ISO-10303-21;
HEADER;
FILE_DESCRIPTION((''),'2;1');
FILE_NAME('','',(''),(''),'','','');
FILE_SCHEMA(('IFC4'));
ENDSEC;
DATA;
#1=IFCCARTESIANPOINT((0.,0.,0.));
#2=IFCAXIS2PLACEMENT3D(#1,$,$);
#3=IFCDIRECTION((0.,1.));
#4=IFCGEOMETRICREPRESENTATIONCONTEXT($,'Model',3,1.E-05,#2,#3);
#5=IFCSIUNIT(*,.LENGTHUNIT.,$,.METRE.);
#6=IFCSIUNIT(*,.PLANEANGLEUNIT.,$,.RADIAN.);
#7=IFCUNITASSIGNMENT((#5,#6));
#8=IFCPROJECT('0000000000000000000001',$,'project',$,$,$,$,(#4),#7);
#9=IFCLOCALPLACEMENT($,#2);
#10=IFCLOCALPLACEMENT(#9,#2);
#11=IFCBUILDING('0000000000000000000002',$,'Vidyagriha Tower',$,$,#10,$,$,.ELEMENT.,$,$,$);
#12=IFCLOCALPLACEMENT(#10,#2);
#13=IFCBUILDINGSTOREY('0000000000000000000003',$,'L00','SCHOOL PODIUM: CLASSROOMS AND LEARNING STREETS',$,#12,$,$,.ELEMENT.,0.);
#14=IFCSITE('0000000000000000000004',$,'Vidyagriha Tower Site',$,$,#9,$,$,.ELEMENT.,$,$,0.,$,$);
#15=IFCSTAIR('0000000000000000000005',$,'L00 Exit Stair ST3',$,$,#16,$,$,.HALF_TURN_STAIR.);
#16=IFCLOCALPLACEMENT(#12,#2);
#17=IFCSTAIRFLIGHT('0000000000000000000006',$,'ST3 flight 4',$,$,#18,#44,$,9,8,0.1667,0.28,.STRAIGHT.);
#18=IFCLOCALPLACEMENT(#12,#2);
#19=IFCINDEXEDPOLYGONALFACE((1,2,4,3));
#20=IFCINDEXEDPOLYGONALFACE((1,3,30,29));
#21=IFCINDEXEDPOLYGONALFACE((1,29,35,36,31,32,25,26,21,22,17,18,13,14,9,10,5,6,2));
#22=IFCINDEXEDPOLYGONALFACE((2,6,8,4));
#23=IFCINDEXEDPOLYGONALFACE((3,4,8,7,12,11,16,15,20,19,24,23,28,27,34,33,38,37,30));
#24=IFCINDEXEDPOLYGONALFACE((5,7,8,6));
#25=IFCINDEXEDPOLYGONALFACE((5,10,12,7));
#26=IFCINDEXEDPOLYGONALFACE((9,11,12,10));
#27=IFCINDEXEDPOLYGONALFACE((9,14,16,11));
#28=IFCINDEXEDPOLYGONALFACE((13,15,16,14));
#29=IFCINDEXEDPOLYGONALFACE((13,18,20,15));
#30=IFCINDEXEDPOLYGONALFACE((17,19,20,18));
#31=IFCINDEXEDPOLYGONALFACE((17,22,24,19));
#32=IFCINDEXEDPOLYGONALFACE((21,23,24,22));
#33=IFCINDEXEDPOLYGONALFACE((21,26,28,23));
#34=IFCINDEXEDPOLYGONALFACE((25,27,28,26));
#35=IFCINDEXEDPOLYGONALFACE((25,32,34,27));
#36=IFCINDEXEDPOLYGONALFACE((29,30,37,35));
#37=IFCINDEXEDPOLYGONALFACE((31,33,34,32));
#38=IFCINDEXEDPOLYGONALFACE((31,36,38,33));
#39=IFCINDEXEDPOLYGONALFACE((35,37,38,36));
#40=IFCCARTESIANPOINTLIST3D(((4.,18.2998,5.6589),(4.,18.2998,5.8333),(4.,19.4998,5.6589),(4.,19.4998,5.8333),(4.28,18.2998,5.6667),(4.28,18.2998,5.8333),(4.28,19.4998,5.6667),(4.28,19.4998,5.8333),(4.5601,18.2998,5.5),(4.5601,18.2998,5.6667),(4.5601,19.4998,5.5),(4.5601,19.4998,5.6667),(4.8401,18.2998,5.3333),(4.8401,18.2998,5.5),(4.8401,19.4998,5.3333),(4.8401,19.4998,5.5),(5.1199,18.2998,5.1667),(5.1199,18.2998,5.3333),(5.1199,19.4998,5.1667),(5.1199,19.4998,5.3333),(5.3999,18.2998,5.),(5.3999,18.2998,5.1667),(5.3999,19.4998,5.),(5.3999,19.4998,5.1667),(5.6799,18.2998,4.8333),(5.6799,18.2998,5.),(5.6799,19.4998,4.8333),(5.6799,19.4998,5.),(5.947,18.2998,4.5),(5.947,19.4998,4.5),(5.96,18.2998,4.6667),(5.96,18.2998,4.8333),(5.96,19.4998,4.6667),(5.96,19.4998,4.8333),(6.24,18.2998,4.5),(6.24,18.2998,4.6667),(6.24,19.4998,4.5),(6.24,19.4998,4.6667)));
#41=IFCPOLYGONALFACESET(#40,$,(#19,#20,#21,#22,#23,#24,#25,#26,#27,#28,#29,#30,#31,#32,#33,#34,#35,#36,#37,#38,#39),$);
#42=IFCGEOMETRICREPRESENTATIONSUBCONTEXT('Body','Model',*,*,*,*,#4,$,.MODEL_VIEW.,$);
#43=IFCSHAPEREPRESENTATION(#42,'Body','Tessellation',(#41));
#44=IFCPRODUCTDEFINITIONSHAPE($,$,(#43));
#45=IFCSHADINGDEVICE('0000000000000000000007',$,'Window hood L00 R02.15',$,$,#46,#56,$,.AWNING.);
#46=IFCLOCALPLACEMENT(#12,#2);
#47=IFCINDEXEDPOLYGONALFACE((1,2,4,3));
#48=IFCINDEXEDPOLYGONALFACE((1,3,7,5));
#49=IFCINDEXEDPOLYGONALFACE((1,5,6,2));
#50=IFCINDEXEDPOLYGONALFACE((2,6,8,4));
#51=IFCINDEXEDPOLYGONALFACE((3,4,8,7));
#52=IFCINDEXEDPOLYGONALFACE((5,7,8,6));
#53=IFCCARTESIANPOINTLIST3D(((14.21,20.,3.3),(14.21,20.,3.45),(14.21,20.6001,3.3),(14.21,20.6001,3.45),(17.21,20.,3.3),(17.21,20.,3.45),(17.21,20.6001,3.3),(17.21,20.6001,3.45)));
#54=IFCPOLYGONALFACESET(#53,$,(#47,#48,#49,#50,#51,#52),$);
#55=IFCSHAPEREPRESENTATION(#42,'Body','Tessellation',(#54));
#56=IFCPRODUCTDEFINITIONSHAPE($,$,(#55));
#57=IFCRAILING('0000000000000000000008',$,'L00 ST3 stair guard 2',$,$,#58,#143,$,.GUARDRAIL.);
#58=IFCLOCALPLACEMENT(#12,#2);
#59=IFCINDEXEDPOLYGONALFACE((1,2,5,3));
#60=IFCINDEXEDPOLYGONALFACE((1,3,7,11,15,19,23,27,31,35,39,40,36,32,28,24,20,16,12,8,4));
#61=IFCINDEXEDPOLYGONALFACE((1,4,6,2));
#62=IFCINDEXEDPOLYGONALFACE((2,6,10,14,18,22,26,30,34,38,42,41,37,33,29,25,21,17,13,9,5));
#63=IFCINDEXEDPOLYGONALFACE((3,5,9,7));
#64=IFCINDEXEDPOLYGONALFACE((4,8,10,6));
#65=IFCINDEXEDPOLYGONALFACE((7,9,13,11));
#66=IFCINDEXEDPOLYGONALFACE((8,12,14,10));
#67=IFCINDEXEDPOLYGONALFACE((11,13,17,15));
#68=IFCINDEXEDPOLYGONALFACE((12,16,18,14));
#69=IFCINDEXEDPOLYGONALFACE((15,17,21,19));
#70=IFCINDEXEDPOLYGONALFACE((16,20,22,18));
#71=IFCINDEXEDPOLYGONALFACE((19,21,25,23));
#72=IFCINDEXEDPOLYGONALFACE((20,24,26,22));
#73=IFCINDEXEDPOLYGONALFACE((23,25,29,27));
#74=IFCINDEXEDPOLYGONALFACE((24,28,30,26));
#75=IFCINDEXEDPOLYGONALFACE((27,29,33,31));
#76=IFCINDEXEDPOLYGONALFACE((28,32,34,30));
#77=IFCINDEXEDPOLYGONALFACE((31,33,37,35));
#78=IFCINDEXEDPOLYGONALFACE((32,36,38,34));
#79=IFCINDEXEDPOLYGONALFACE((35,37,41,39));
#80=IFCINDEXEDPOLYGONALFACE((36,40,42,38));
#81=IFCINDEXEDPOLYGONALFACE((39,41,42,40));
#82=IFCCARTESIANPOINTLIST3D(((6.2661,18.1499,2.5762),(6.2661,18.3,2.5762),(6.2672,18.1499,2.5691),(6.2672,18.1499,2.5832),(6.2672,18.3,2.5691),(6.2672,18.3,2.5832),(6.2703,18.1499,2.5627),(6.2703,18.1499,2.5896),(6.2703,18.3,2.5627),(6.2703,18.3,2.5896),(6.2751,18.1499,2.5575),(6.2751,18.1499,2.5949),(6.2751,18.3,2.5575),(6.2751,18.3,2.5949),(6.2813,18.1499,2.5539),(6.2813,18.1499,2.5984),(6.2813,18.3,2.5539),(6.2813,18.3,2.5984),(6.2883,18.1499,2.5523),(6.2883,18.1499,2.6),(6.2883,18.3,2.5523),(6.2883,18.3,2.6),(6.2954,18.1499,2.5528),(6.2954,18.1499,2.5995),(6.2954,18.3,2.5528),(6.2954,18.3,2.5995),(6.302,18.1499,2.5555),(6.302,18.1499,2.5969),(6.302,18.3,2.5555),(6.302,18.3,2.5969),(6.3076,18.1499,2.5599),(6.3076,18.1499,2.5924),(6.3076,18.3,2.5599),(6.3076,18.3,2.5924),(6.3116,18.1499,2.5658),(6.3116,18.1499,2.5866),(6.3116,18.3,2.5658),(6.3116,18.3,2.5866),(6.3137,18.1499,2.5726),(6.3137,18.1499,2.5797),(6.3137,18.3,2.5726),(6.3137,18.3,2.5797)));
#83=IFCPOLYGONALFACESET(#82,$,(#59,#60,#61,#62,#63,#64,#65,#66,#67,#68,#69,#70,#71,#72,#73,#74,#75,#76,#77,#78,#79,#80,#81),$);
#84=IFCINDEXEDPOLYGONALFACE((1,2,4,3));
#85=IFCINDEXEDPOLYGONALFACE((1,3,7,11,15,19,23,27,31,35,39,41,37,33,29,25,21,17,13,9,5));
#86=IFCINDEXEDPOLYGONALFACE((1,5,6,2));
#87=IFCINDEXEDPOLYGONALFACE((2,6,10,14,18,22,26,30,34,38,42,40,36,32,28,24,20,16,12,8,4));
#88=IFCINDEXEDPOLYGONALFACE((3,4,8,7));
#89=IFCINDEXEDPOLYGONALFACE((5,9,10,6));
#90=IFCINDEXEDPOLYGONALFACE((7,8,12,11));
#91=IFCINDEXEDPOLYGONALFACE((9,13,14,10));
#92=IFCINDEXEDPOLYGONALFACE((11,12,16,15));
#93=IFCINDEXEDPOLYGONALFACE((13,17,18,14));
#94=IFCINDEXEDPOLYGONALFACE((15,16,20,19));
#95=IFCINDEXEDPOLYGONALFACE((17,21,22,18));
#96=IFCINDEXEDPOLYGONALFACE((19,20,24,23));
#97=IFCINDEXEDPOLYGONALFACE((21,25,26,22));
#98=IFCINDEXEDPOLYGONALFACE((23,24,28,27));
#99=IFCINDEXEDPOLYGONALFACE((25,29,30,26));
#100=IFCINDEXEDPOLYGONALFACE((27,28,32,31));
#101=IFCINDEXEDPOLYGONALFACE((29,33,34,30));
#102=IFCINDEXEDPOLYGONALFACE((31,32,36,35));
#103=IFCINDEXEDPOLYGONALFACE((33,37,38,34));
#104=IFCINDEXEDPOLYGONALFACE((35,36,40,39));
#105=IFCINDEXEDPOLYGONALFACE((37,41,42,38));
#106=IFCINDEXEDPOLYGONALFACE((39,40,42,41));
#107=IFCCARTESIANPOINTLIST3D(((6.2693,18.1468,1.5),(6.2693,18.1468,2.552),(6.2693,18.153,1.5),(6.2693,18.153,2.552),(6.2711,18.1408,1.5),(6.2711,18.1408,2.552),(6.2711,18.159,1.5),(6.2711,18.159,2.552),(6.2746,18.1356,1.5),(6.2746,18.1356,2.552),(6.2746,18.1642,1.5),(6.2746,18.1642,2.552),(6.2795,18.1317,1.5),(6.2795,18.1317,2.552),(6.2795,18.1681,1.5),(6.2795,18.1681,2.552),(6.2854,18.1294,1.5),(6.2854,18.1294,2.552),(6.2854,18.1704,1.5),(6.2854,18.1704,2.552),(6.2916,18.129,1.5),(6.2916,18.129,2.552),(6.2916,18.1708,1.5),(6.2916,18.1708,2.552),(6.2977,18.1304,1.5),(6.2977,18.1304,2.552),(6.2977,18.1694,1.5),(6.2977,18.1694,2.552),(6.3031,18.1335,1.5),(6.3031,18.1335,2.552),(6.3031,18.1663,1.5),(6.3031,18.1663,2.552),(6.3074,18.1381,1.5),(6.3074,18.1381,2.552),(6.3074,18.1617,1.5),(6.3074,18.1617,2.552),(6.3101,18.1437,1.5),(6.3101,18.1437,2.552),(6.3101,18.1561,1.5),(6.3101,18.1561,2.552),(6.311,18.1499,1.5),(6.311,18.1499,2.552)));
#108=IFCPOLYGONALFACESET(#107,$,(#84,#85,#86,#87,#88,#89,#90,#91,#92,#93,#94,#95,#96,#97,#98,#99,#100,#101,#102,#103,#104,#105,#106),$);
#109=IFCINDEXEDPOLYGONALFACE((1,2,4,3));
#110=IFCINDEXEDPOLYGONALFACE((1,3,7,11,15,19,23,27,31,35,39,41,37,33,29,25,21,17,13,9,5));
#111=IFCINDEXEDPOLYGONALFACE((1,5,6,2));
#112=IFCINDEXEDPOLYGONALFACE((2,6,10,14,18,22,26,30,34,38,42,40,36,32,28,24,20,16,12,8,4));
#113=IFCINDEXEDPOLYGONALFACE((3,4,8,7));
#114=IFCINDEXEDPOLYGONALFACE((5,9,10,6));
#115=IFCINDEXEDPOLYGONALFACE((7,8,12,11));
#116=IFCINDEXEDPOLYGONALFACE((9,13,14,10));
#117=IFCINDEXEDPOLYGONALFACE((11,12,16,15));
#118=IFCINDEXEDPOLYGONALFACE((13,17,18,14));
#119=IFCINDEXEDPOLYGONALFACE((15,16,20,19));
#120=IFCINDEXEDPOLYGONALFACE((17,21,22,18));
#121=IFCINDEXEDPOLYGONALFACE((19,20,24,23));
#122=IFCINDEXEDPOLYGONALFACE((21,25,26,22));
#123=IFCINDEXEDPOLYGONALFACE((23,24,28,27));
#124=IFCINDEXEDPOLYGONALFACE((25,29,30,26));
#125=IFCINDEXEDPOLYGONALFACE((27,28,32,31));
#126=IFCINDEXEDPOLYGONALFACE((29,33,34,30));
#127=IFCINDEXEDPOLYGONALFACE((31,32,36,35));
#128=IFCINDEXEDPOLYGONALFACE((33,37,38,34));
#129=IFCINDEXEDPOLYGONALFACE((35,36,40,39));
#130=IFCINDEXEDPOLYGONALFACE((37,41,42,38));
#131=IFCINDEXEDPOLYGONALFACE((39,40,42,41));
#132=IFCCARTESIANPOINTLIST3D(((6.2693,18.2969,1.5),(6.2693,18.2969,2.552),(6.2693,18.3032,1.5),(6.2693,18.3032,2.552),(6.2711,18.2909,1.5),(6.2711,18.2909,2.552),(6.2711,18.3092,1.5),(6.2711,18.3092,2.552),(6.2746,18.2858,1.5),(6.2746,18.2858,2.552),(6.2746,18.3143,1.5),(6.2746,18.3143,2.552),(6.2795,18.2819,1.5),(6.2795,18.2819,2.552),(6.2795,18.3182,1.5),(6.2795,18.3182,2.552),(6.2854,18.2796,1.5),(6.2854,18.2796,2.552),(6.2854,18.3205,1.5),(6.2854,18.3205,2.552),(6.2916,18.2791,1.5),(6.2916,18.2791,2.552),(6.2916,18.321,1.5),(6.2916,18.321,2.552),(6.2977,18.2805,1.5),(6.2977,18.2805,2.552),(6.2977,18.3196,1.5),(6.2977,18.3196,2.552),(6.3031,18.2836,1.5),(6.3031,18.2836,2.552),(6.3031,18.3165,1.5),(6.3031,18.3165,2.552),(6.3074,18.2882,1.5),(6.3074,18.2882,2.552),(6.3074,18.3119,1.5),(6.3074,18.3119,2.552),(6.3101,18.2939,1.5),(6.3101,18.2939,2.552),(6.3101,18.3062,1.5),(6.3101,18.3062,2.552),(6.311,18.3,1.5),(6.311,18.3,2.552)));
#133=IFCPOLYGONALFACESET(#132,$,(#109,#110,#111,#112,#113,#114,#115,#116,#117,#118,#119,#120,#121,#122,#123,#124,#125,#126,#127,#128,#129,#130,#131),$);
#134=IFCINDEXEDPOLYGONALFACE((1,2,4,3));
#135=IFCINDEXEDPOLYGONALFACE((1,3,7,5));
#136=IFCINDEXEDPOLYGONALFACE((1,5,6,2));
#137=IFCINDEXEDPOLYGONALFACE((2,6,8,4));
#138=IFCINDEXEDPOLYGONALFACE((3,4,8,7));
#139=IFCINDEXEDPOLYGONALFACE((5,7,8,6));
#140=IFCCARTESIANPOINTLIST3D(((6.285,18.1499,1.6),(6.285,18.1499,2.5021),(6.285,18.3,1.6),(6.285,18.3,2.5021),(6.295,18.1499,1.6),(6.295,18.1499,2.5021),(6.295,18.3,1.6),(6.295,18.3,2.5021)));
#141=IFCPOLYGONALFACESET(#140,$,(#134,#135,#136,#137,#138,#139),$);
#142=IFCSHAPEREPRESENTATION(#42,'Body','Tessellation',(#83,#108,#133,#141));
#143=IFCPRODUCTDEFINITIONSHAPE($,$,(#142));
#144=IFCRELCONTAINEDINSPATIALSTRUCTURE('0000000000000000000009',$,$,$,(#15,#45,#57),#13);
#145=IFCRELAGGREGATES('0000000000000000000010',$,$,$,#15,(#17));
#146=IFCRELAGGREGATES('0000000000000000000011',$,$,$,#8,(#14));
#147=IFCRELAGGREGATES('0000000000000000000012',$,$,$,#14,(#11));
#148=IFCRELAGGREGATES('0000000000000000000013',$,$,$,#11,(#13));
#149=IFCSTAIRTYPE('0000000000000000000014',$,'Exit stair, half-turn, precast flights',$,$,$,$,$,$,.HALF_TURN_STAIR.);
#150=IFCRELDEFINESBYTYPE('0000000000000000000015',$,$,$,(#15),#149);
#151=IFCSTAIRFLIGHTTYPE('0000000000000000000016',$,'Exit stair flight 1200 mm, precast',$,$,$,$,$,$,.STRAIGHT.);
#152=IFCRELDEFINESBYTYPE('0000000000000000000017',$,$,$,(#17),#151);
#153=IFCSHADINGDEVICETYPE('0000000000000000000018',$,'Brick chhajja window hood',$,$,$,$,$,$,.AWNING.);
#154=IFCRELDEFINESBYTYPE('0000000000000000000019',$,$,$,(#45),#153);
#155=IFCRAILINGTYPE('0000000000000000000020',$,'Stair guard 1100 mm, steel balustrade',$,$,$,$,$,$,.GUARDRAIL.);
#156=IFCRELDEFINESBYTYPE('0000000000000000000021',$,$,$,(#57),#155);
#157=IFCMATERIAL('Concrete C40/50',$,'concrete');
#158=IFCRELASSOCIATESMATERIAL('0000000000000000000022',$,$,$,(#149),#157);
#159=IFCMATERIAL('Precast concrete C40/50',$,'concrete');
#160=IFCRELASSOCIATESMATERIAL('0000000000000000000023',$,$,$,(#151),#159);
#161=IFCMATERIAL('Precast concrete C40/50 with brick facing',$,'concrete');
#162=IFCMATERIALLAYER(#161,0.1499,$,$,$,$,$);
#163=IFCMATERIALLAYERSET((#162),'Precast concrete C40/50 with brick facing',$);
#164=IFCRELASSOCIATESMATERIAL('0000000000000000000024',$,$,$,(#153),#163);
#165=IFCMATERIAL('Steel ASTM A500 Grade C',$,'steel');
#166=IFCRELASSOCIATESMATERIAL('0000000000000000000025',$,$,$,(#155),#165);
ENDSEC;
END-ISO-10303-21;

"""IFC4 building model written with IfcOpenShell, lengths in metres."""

from ifc_helpers import new_model, si_unit, direction, frame, origin, origin_2d, place, context, subcontext, project, spatial, polyline, rectangle, circle, outline, extrude, material, layer, layer_set, type_object, element, aggregate, save


model = new_model("IFC4")

# Units and contexts
model_context = context("Model", 3, precision=1e-05, world=origin(), true_north=direction((0.0, 1.0)))
body_context = subcontext(model_context, "Body", "Model", "MODEL_VIEW")
ifc_project = project(units=[si_unit("LENGTHUNIT", "METRE"), si_unit("PLANEANGLEUNIT", "RADIAN")], contexts=[model_context])

# Site, building, storey
site_placement = place(None, origin())
site = spatial("IfcSite", under=ifc_project, at=site_placement, Name="Vidyagriha Tower Site", CompositionType="ELEMENT", RefElevation=0.0)
building_placement = place(site_placement, origin())
building = spatial("IfcBuilding", under=site, at=building_placement, Name="Vidyagriha Tower", CompositionType="ELEMENT")
storey_placement = place(building_placement, origin())
storey = spatial("IfcBuildingStorey", under=building, at=storey_placement, Name="L00", Description="SCHOOL PODIUM: CLASSROOMS AND LEARNING STREETS", CompositionType="ELEMENT", Elevation=0.0)

# Stair, stair flight
ifc_material_1 = material(Name="Concrete C40/50", Category="concrete")
stair_type = type_object("IfcStairType", Name="Exit stair, half-turn, precast flights", PredefinedType="HALF_TURN_STAIR", material=ifc_material_1)
stair_placement = place(storey_placement, origin())
stair = element("IfcStair", 1, at=stair_placement, inside=storey, type_object=stair_type, Name="L00 Exit Stair ST3", PredefinedType="HALF_TURN_STAIR")
ifc_material_2 = material(Name="Precast concrete C40/50", Category="concrete")
stair_flight_type = type_object("IfcStairFlightType", Name="Exit stair flight 1200 mm, precast", PredefinedType="STRAIGHT", material=ifc_material_2)
stair_flight_1_placement = place(storey_placement, frame((6.24, 18.8999, 4.5), z_axis=(0.0, 0.0, 1.0), x_axis=(-1.0, 0.0, 0.0)))
stair_flight_1 = element("IfcStairFlight", 2, at=stair_flight_1_placement, type_object=stair_flight_type, Name="ST3 flight 4", NumberOfRisers=9, NumberOfTreads=8, PredefinedType="STRAIGHT", RiserHeight=0.1667, TreadLength=0.28, context=body_context, shape_type="SweptSolid", body=[
    extrude(outline(polyline([(0.0, 0.0), (0.0, 0.1667), (0.28, 0.1667), (0.28, 0.3333), (0.5601, 0.3333), (0.5601, 0.5), (0.8401, 0.5), (0.8401, 0.6667), (1.1201, 0.6667), (1.1201, 0.8333), (1.3999, 0.8333), (1.3999, 1.0), (1.6799, 1.0), (1.6799, 1.1667), (1.96, 1.1667), (1.96, 1.3333), (2.24, 1.3333), (2.24, 1.5), (2.24, 1.1589), (0.293, 0.0), (0.0, 0.0)])), frame((0.0, 0.6001, 0.0), z_axis=(0.0, -1.0, 0.0), x_axis=(1.0, 0.0, 0.0)), (0.0, 0.0, 1.0), 1.2),
])
aggregate(stair, [stair_flight_1])

# Shading device
ifc_material_3 = material(Name="Precast concrete C40/50 with brick facing", Category="concrete")
ifc_layer_1 = layer(ifc_material_3, 0.1499)
ifc_layer_set_1 = layer_set([ifc_layer_1], Name="Precast concrete C40/50 with brick facing")
shading_device_type = type_object("IfcShadingDeviceType", Name="Brick chhajja window hood", PredefinedType="AWNING", material=ifc_layer_set_1)
shading_device_placement = place(storey_placement, frame((15.71, 20.3, 3.3), z_axis=(0.0, 0.0, 1.0), x_axis=(-1.0, 0.0, 0.0)))
element("IfcShadingDevice", 3, at=shading_device_placement, inside=storey, type_object=shading_device_type, Name="Window hood L00 R02.15", PredefinedType="AWNING", context=body_context, shape_type="SweptSolid", body=[
    extrude(rectangle(XDim=3.0, YDim=0.6001, at=origin_2d()), origin(), (0.0, 0.0, 1.0), 0.1499),
])

# Railing
ifc_material_4 = material(Name="Steel ASTM A500 Grade C", Category="steel")
railing_type_1 = type_object("IfcRailingType", Name="Stair guard 1100 mm, steel balustrade", PredefinedType="GUARDRAIL", material=ifc_material_4)
for number, where, name in (
    (4, (6.29, 18.1499, 1.5), "L00 ST3 stair guard 2"),
):
    element("IfcRailing", number, at=place(storey_placement, frame(where)), inside=storey, type_object=railing_type_1, Name=name, PredefinedType="GUARDRAIL", context=body_context, shape_type="SweptSolid", body=[
        extrude(circle(Radius=0.0239, at=origin_2d()), frame((0.0, 0.0, 1.0762), z_axis=(0.0, 1.0, 0.0), x_axis=(-1.0, 0.0, 0.0)), (0.0, 0.0, 1.0), 0.1501),
        extrude(circle(Radius=0.021, at=origin_2d()), origin(), (0.0, 0.0, 1.0), 1.052),
        extrude(circle(Radius=0.021, at=origin_2d()), frame((0.0, 0.1501, 0.0)), (0.0, 0.0, 1.0), 1.052),
        extrude(rectangle(XDim=0.01, YDim=0.9021, at=origin_2d()), frame((0.0, 0.0, 0.551), z_axis=(0.0, 1.0, 0.0), x_axis=(-1.0, 0.0, 0.0)), (0.0, 0.0, 1.0), 0.1501),
    ])

save(model, "model.ifc")
